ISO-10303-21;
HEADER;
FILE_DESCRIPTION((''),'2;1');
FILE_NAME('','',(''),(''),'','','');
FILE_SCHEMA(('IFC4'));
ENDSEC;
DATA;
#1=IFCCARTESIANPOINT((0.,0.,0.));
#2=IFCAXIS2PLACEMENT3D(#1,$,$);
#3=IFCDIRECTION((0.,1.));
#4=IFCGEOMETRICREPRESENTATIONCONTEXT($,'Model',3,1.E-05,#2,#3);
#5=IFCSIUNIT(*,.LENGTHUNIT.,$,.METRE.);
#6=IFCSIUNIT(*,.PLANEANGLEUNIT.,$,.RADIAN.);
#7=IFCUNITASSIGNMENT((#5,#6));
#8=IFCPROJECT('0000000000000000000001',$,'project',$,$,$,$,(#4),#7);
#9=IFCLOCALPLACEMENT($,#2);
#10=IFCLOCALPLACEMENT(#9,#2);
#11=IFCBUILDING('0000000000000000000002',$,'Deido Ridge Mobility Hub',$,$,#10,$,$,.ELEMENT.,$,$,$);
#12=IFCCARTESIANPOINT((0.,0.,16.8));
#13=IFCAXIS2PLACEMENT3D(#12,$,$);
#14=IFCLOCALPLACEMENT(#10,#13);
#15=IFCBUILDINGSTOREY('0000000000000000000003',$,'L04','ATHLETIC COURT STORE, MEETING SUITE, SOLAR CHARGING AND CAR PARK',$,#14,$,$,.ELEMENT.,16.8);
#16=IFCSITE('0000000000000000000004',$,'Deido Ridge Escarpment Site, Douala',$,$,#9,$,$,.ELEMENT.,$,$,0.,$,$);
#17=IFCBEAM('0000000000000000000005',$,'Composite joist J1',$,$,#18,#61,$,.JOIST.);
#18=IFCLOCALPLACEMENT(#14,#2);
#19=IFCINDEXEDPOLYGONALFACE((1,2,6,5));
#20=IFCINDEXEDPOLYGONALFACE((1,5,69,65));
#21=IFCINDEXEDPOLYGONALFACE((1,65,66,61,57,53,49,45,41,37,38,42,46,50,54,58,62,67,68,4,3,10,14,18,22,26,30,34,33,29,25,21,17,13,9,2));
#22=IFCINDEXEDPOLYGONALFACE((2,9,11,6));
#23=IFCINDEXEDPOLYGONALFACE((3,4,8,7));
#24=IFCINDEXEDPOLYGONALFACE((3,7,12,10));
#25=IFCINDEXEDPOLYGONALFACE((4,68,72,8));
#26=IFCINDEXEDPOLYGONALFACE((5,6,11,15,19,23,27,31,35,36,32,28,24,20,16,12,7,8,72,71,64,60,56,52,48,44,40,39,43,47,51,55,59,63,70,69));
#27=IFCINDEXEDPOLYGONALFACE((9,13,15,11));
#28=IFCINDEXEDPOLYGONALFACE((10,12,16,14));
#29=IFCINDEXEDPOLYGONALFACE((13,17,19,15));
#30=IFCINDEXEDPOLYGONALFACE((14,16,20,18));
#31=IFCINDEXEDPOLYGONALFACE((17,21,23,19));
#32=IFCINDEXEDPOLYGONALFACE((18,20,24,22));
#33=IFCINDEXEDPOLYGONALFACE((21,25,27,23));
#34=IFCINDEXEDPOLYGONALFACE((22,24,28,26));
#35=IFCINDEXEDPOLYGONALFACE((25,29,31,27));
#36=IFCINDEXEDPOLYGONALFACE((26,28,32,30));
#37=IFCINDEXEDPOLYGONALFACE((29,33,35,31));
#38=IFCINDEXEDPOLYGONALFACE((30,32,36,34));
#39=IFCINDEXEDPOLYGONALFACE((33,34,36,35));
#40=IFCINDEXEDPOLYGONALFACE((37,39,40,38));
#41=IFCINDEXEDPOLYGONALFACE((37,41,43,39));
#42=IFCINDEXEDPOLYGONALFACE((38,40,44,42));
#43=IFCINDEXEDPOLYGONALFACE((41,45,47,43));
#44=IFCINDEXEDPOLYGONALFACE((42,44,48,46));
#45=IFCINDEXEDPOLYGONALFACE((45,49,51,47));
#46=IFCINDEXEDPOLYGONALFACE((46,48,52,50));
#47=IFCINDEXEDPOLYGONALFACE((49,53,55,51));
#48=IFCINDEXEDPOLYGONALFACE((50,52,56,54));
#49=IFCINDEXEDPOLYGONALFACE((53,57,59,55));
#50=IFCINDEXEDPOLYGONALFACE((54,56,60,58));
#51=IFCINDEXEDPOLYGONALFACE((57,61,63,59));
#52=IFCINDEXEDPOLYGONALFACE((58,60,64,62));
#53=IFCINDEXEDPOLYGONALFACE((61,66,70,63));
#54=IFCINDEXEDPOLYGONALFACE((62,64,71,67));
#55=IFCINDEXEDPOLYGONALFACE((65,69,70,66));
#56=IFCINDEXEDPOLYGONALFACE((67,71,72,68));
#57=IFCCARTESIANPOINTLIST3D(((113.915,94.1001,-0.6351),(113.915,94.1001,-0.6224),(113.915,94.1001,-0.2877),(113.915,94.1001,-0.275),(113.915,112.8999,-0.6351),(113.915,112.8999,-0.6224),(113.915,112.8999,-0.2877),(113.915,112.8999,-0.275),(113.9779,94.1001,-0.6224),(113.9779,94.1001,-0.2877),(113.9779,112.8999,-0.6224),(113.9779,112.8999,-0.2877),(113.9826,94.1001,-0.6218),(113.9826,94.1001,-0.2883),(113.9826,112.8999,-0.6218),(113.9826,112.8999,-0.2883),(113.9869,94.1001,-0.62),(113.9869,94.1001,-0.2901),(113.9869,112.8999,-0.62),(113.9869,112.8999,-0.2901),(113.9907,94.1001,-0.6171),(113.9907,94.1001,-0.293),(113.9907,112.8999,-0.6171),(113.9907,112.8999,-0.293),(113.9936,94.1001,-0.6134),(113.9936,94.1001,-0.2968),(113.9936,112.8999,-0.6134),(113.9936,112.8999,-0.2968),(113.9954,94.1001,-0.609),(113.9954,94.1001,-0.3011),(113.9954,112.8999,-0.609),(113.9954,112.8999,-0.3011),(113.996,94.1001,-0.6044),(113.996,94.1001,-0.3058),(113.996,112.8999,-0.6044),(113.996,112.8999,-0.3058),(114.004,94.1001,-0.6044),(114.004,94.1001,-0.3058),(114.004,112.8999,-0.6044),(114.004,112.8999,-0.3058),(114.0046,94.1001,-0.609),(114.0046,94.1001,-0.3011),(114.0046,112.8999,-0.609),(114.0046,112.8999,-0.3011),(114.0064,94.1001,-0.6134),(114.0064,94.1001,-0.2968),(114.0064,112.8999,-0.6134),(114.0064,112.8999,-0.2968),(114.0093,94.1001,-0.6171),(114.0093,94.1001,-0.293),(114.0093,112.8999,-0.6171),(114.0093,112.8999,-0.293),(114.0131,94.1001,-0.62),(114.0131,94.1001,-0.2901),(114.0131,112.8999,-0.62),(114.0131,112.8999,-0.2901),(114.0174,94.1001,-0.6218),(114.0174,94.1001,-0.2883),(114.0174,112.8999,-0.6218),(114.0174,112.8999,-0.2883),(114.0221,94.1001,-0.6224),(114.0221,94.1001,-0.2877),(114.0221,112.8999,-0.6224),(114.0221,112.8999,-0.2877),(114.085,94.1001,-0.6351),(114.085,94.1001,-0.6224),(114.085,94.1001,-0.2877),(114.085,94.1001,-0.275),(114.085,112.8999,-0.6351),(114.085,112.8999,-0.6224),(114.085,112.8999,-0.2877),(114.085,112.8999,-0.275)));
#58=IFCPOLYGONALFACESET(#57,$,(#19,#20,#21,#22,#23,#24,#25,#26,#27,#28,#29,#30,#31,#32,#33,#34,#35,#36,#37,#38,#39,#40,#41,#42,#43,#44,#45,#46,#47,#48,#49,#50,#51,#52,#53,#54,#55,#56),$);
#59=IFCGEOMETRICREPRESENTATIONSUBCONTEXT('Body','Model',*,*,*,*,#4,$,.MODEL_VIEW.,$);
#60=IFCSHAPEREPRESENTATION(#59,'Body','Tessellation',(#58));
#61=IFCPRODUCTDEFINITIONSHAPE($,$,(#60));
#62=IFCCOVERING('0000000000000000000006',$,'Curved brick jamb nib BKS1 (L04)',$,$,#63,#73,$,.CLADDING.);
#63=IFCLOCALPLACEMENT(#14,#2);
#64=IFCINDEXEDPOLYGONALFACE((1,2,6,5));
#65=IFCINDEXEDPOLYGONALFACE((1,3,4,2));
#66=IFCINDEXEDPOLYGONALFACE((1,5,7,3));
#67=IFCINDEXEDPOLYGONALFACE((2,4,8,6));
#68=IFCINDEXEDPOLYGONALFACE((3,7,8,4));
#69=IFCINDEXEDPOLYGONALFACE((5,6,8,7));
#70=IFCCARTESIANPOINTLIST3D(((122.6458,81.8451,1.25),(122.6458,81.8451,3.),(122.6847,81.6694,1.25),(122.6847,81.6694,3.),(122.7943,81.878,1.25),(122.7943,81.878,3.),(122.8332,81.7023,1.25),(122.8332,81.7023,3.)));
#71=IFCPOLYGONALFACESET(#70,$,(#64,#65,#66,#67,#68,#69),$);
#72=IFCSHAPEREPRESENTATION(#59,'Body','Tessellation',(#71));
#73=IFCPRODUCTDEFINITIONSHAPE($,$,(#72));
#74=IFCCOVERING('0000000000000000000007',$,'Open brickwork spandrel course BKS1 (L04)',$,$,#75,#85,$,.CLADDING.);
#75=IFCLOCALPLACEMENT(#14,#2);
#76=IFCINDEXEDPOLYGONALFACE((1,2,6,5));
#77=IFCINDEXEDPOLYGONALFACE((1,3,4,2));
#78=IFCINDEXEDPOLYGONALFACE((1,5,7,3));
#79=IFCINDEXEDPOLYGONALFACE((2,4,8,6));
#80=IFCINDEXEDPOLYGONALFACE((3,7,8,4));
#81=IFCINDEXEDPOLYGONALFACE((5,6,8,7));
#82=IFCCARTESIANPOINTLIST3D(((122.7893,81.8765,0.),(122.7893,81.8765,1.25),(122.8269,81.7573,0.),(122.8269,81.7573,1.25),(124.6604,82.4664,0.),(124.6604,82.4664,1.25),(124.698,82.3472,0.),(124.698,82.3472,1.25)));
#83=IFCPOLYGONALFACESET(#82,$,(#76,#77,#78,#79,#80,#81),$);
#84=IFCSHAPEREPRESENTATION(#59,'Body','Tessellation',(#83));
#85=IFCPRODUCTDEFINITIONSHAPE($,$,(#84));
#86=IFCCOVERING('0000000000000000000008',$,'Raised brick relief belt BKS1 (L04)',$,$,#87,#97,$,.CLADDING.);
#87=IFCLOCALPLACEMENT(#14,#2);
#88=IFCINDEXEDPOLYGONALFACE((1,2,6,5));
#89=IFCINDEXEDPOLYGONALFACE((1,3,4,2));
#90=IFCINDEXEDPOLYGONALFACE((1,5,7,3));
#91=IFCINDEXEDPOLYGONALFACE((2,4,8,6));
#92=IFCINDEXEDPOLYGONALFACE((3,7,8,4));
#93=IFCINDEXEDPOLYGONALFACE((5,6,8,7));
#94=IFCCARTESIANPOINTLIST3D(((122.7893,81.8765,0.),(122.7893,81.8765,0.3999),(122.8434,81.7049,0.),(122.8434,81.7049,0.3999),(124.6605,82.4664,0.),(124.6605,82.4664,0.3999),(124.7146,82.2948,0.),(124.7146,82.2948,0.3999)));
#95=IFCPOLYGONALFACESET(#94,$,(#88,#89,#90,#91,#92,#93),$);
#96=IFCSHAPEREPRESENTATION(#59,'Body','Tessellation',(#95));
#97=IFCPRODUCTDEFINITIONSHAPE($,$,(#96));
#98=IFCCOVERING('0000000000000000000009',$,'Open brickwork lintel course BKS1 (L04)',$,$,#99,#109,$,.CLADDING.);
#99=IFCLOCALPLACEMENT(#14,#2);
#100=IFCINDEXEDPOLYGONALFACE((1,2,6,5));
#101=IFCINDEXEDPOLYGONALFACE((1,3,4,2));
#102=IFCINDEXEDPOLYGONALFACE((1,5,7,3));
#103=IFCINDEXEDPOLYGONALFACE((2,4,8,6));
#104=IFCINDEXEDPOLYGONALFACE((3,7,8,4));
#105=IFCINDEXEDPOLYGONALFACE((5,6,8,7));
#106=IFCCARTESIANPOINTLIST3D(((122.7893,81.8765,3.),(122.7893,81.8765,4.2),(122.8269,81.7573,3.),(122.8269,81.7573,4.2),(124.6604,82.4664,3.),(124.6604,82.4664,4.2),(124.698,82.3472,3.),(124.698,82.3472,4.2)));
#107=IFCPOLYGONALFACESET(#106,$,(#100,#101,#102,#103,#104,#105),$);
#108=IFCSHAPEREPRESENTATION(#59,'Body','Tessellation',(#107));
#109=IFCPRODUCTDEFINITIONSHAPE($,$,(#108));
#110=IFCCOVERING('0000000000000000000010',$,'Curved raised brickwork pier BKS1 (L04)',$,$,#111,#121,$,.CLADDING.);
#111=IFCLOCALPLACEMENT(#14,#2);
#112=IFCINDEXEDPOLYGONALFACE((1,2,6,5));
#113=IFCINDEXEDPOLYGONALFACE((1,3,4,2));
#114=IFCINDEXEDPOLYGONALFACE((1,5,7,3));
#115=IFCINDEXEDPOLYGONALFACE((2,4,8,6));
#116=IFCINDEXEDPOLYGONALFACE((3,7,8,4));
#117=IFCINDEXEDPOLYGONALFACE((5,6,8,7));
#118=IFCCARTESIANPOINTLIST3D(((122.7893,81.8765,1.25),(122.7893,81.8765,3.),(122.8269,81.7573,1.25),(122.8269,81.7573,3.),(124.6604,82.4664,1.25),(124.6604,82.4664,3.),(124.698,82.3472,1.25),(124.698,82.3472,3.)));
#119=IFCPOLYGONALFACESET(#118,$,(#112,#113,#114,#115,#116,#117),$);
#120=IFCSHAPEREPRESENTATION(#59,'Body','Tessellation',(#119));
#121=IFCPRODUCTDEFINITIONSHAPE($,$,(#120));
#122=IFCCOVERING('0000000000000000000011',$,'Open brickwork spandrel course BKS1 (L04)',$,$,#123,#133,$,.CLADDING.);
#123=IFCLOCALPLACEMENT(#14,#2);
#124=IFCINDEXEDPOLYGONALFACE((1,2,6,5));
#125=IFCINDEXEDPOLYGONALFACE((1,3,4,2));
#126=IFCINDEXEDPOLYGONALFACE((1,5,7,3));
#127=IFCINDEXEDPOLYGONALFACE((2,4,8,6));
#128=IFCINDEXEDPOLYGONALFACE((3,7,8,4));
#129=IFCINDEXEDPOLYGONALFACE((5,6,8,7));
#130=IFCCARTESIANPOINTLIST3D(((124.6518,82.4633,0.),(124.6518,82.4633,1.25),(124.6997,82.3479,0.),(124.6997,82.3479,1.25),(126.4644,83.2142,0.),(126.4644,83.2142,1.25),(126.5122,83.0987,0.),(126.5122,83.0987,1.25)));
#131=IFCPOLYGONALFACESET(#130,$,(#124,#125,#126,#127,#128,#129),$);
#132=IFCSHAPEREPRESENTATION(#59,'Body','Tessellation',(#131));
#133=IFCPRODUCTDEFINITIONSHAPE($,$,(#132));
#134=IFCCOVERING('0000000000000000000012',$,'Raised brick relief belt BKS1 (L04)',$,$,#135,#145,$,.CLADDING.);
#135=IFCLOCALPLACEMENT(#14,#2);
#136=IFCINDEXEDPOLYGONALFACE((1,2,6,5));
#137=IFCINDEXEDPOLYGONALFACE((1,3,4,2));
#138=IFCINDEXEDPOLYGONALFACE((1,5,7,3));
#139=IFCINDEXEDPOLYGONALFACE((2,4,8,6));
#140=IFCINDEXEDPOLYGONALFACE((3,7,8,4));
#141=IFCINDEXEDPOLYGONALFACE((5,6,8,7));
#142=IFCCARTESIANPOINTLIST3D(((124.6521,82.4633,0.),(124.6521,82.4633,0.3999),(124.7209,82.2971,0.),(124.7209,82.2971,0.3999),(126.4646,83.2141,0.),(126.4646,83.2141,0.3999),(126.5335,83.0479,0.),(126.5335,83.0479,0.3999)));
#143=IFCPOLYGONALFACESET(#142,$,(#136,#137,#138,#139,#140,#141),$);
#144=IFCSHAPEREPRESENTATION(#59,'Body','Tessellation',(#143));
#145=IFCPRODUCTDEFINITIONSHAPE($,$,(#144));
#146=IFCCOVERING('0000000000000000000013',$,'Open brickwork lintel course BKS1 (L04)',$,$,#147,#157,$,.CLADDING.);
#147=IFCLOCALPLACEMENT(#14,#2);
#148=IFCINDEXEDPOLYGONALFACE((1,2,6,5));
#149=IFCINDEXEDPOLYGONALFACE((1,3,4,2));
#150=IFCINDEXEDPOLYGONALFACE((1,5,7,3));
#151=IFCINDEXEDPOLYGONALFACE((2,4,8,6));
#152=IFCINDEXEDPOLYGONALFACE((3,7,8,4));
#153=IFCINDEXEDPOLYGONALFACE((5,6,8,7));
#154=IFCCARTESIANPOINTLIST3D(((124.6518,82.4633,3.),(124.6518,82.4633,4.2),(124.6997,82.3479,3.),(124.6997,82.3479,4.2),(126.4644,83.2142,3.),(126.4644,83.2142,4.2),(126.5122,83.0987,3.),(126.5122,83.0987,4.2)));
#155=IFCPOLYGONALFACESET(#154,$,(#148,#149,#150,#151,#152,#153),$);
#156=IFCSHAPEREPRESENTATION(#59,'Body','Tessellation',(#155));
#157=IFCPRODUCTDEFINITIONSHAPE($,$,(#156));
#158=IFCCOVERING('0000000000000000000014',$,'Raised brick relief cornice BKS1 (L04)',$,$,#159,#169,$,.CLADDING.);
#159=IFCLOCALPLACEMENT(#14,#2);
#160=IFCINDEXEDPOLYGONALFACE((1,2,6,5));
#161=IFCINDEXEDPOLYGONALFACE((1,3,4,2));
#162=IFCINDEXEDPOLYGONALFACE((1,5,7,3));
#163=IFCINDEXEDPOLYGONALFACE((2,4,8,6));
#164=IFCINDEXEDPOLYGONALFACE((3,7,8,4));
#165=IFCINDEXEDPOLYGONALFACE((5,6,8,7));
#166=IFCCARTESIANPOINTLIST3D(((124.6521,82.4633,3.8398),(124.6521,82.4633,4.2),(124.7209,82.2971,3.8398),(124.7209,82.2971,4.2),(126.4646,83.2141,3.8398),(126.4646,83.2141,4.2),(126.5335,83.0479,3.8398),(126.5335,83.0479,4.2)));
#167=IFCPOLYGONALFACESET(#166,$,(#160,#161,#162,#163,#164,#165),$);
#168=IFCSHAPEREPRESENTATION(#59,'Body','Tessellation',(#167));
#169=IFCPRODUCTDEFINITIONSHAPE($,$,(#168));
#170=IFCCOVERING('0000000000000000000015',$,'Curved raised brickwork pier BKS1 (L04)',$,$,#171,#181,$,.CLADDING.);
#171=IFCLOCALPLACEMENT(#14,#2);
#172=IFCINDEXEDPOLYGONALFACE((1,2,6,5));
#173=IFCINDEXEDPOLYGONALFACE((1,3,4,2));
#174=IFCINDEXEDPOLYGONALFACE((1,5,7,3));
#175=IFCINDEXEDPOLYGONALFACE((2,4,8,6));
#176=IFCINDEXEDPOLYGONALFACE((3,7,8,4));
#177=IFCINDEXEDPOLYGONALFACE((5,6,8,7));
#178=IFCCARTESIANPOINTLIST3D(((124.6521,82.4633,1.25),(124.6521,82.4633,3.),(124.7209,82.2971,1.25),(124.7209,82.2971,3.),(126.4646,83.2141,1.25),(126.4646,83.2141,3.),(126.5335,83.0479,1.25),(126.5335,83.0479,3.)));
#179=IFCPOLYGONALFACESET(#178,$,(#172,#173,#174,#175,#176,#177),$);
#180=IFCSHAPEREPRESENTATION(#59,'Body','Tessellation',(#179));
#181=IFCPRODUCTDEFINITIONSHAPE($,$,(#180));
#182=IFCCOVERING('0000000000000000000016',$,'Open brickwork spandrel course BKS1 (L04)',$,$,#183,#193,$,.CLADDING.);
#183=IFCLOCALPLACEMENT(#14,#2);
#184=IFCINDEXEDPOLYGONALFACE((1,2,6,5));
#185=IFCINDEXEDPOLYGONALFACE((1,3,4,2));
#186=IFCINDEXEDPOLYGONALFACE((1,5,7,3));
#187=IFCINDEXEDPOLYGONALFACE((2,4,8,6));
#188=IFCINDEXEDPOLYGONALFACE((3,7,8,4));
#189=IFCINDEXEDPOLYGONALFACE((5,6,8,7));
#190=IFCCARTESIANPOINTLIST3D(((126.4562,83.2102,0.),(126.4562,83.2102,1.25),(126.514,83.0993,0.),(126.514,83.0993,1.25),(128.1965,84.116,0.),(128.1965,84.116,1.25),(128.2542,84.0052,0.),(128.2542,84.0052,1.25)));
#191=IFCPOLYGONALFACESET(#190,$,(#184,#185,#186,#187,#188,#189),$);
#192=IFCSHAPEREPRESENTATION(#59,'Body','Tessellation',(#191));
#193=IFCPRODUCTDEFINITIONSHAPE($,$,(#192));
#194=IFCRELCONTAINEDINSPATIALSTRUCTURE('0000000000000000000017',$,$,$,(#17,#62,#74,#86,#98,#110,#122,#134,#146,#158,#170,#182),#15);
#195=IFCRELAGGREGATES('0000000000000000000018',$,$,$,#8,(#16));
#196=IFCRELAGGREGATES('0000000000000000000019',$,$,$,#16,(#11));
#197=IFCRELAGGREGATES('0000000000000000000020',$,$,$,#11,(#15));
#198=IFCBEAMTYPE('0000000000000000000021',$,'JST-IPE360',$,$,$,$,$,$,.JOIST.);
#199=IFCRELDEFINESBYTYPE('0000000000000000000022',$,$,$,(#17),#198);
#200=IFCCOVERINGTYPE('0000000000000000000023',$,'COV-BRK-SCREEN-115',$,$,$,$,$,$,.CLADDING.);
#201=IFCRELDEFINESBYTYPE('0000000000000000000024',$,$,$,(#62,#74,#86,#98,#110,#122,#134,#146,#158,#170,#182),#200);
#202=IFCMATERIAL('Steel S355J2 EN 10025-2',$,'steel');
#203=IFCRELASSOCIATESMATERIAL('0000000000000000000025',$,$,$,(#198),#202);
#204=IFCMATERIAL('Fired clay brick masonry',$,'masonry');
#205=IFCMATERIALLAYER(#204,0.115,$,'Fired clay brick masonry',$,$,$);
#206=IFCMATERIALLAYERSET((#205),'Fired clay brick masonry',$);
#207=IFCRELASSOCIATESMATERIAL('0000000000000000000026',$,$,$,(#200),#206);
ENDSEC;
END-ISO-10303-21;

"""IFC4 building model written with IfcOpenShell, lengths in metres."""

from ifc_helpers import new_model, si_unit, direction, frame, origin, origin_2d, place, context, subcontext, project, spatial, rectangle, i_section, extrude, material, layer, layer_set, material_profile, profile_set, type_object, element, save


model = new_model("IFC4")

# Units and contexts
model_context = context("Model", 3, precision=1e-05, world=origin(), true_north=direction((0.0, 1.0)))
body_context = subcontext(model_context, "Body", "Model", "MODEL_VIEW")
ifc_project = project(units=[si_unit("LENGTHUNIT", "METRE"), si_unit("PLANEANGLEUNIT", "RADIAN")], contexts=[model_context])

# Site, building, storey
site_placement = place(None, origin())
site = spatial("IfcSite", under=ifc_project, at=site_placement, Name="Deido Ridge Escarpment Site, Douala", CompositionType="ELEMENT", RefElevation=0.0)
building_placement = place(site_placement, origin())
building = spatial("IfcBuilding", under=site, at=building_placement, Name="Deido Ridge Mobility Hub", CompositionType="ELEMENT")
storey_placement = place(building_placement, frame((0.0, 0.0, 16.8)))
storey = spatial("IfcBuildingStorey", under=building, at=storey_placement, Name="L04", Description="ATHLETIC COURT STORE, MEETING SUITE, SOLAR CHARGING AND CAR PARK", CompositionType="ELEMENT", Elevation=16.8)

# Shared definitions
ifc_material_1 = material(Name="Steel S355J2 EN 10025-2", Category="steel")

# Beam
ifc_material_profile_1 = material_profile(ifc_material_1, i_section(OverallWidth=0.1699, OverallDepth=0.3601, WebThickness=0.0081, FlangeThickness=0.0127, FilletRadius=0.0181, at=origin_2d()), Name="IPE 360")
ifc_profile_set_1 = profile_set([ifc_material_profile_1], Name="Steel S355J2 EN 10025-2")
beam_type_1 = type_object("IfcBeamType", Name="JST-IPE360", PredefinedType="JOIST", material=ifc_profile_set_1)
beam_1_placement = place(storey_placement, frame((114.0, 94.1001, -0.4551), z_axis=(0.0, 1.0, 0.0), x_axis=(-1.0, 0.0, 0.0)))
element("IfcBeam", 1, at=beam_1_placement, inside=storey, type_object=beam_type_1, Name="Composite joist J1", PredefinedType="JOIST", context=body_context, shape_type="SweptSolid", body=[
    extrude(i_section(OverallWidth=0.1699, OverallDepth=0.3601, WebThickness=0.0081, FlangeThickness=0.0127, FilletRadius=0.0181, at=origin_2d()), origin(), (0.0, 0.0, 1.0), 18.7998),
])

# Coverings
ifc_material_2 = material(Name="Fired clay brick masonry", Category="masonry")
ifc_layer = layer(ifc_material_2, 0.115, Name="Fired clay brick masonry")
ifc_layer_set = layer_set([ifc_layer], Name="Fired clay brick masonry")
covering_type = type_object("IfcCoveringType", Name="COV-BRK-SCREEN-115", PredefinedType="CLADDING", material=ifc_layer_set)
covering_1_placement = place(storey_placement, frame((122.7395, 81.7737, 1.25), z_axis=(0.0, 0.0, 1.0), x_axis=(0.976292, 0.216457, 0.0)))
element("IfcCovering", 2, at=covering_1_placement, inside=storey, type_object=covering_type, Name="Curved brick jamb nib BKS1 (L04)", PredefinedType="CLADDING", context=body_context, shape_type="SweptSolid", body=[
    extrude(rectangle(XDim=0.1521, YDim=0.1799, at=origin_2d()), origin(), (0.0, 0.0, 1.0), 1.75),
])
covering_2_placement = place(storey_placement, frame((123.7437, 82.1118, 0.0), z_axis=(0.0, 0.0, 1.0), x_axis=(0.953727, 0.300673, 0.0)))
element("IfcCovering", 3, at=covering_2_placement, inside=storey, type_object=covering_type, Name="Open brickwork spandrel course BKS1 (L04)", PredefinedType="CLADDING", context=body_context, shape_type="SweptSolid", body=[
    extrude(rectangle(XDim=1.9619, YDim=0.125, at=origin_2d()), origin(), (0.0, 0.0, 1.0), 1.25),
])
covering_3_placement = place(storey_placement, frame((123.752, 82.0857, 0.0), z_axis=(0.0, 0.0, 1.0), x_axis=(0.953727, 0.300673, 0.0)))
element("IfcCovering", 4, at=covering_3_placement, inside=storey, type_object=covering_type, Name="Raised brick relief belt BKS1 (L04)", PredefinedType="CLADDING", context=body_context, shape_type="SweptSolid", body=[
    extrude(rectangle(XDim=1.9619, YDim=0.1799, at=origin_2d()), origin(), (0.0, 0.0, 1.0), 0.3999),
])
covering_4_placement = place(storey_placement, frame((123.7437, 82.1118, 3.0), z_axis=(0.0, 0.0, 1.0), x_axis=(0.953727, 0.300673, 0.0)))
element("IfcCovering", 5, at=covering_4_placement, inside=storey, type_object=covering_type, Name="Open brickwork lintel course BKS1 (L04)", PredefinedType="CLADDING", context=body_context, shape_type="SweptSolid", body=[
    extrude(rectangle(XDim=1.9619, YDim=0.125, at=origin_2d()), origin(), (0.0, 0.0, 1.0), 1.2),
])
covering_5_placement = place(storey_placement, frame((123.7437, 82.1118, 1.25), z_axis=(0.0, 0.0, 1.0), x_axis=(0.953727, 0.300673, 0.0)))
element("IfcCovering", 6, at=covering_5_placement, inside=storey, type_object=covering_type, Name="Curved raised brickwork pier BKS1 (L04)", PredefinedType="CLADDING", context=body_context, shape_type="SweptSolid", body=[
    extrude(rectangle(XDim=1.9619, YDim=0.125, at=origin_2d()), origin(), (0.0, 0.0, 1.0), 1.75),
])
covering_6_placement = place(storey_placement, frame((125.582, 82.781, 0.0), z_axis=(0.0, 0.0, 1.0), x_axis=(0.923873, 0.3827, 0.0)))
element("IfcCovering", 7, at=covering_6_placement, inside=storey, type_object=covering_type, Name="Open brickwork spandrel course BKS1 (L04)", PredefinedType="CLADDING", context=body_context, shape_type="SweptSolid", body=[
    extrude(rectangle(XDim=1.9619, YDim=0.125, at=origin_2d()), origin(), (0.0, 0.0, 1.0), 1.25),
])
covering_7_placement = place(storey_placement, frame((125.5928, 82.7556, 0.0), z_axis=(0.0, 0.0, 1.0), x_axis=(0.923873, 0.3827, 0.0)))
element("IfcCovering", 8, at=covering_7_placement, inside=storey, type_object=covering_type, Name="Raised brick relief belt BKS1 (L04)", PredefinedType="CLADDING", context=body_context, shape_type="SweptSolid", body=[
    extrude(rectangle(XDim=1.9619, YDim=0.1799, at=origin_2d()), origin(), (0.0, 0.0, 1.0), 0.3999),
])
covering_8_placement = place(storey_placement, frame((125.582, 82.781, 3.0), z_axis=(0.0, 0.0, 1.0), x_axis=(0.923873, 0.3827, 0.0)))
element("IfcCovering", 9, at=covering_8_placement, inside=storey, type_object=covering_type, Name="Open brickwork lintel course BKS1 (L04)", PredefinedType="CLADDING", context=body_context, shape_type="SweptSolid", body=[
    extrude(rectangle(XDim=1.9619, YDim=0.125, at=origin_2d()), origin(), (0.0, 0.0, 1.0), 1.2),
])
covering_9_placement = place(storey_placement, frame((125.5928, 82.7556, 3.8398), z_axis=(0.0, 0.0, 1.0), x_axis=(0.923873, 0.3827, 0.0)))
element("IfcCovering", 10, at=covering_9_placement, inside=storey, type_object=covering_type, Name="Raised brick relief cornice BKS1 (L04)", PredefinedType="CLADDING", context=body_context, shape_type="SweptSolid", body=[
    extrude(rectangle(XDim=1.9619, YDim=0.1799, at=origin_2d()), origin(), (0.0, 0.0, 1.0), 0.3601),
])
covering_10_placement = place(storey_placement, frame((125.5928, 82.7556, 1.25), z_axis=(0.0, 0.0, 1.0), x_axis=(0.923873, 0.3827, 0.0)))
element("IfcCovering", 11, at=covering_10_placement, inside=storey, type_object=covering_type, Name="Curved raised brickwork pier BKS1 (L04)", PredefinedType="CLADDING", context=body_context, shape_type="SweptSolid", body=[
    extrude(rectangle(XDim=1.9619, YDim=0.1799, at=origin_2d()), origin(), (0.0, 0.0, 1.0), 1.75),
])
covering_11_placement = place(storey_placement, frame((127.3552, 83.6077, 0.0), z_axis=(0.0, 0.0, 1.0), x_axis=(0.887019, 0.461733, 0.0)))
element("IfcCovering", 12, at=covering_11_placement, inside=storey, type_object=covering_type, Name="Open brickwork spandrel course BKS1 (L04)", PredefinedType="CLADDING", context=body_context, shape_type="SweptSolid", body=[
    extrude(rectangle(XDim=1.9619, YDim=0.125, at=origin_2d()), origin(), (0.0, 0.0, 1.0), 1.25),
])

save(model, "model.ifc")
